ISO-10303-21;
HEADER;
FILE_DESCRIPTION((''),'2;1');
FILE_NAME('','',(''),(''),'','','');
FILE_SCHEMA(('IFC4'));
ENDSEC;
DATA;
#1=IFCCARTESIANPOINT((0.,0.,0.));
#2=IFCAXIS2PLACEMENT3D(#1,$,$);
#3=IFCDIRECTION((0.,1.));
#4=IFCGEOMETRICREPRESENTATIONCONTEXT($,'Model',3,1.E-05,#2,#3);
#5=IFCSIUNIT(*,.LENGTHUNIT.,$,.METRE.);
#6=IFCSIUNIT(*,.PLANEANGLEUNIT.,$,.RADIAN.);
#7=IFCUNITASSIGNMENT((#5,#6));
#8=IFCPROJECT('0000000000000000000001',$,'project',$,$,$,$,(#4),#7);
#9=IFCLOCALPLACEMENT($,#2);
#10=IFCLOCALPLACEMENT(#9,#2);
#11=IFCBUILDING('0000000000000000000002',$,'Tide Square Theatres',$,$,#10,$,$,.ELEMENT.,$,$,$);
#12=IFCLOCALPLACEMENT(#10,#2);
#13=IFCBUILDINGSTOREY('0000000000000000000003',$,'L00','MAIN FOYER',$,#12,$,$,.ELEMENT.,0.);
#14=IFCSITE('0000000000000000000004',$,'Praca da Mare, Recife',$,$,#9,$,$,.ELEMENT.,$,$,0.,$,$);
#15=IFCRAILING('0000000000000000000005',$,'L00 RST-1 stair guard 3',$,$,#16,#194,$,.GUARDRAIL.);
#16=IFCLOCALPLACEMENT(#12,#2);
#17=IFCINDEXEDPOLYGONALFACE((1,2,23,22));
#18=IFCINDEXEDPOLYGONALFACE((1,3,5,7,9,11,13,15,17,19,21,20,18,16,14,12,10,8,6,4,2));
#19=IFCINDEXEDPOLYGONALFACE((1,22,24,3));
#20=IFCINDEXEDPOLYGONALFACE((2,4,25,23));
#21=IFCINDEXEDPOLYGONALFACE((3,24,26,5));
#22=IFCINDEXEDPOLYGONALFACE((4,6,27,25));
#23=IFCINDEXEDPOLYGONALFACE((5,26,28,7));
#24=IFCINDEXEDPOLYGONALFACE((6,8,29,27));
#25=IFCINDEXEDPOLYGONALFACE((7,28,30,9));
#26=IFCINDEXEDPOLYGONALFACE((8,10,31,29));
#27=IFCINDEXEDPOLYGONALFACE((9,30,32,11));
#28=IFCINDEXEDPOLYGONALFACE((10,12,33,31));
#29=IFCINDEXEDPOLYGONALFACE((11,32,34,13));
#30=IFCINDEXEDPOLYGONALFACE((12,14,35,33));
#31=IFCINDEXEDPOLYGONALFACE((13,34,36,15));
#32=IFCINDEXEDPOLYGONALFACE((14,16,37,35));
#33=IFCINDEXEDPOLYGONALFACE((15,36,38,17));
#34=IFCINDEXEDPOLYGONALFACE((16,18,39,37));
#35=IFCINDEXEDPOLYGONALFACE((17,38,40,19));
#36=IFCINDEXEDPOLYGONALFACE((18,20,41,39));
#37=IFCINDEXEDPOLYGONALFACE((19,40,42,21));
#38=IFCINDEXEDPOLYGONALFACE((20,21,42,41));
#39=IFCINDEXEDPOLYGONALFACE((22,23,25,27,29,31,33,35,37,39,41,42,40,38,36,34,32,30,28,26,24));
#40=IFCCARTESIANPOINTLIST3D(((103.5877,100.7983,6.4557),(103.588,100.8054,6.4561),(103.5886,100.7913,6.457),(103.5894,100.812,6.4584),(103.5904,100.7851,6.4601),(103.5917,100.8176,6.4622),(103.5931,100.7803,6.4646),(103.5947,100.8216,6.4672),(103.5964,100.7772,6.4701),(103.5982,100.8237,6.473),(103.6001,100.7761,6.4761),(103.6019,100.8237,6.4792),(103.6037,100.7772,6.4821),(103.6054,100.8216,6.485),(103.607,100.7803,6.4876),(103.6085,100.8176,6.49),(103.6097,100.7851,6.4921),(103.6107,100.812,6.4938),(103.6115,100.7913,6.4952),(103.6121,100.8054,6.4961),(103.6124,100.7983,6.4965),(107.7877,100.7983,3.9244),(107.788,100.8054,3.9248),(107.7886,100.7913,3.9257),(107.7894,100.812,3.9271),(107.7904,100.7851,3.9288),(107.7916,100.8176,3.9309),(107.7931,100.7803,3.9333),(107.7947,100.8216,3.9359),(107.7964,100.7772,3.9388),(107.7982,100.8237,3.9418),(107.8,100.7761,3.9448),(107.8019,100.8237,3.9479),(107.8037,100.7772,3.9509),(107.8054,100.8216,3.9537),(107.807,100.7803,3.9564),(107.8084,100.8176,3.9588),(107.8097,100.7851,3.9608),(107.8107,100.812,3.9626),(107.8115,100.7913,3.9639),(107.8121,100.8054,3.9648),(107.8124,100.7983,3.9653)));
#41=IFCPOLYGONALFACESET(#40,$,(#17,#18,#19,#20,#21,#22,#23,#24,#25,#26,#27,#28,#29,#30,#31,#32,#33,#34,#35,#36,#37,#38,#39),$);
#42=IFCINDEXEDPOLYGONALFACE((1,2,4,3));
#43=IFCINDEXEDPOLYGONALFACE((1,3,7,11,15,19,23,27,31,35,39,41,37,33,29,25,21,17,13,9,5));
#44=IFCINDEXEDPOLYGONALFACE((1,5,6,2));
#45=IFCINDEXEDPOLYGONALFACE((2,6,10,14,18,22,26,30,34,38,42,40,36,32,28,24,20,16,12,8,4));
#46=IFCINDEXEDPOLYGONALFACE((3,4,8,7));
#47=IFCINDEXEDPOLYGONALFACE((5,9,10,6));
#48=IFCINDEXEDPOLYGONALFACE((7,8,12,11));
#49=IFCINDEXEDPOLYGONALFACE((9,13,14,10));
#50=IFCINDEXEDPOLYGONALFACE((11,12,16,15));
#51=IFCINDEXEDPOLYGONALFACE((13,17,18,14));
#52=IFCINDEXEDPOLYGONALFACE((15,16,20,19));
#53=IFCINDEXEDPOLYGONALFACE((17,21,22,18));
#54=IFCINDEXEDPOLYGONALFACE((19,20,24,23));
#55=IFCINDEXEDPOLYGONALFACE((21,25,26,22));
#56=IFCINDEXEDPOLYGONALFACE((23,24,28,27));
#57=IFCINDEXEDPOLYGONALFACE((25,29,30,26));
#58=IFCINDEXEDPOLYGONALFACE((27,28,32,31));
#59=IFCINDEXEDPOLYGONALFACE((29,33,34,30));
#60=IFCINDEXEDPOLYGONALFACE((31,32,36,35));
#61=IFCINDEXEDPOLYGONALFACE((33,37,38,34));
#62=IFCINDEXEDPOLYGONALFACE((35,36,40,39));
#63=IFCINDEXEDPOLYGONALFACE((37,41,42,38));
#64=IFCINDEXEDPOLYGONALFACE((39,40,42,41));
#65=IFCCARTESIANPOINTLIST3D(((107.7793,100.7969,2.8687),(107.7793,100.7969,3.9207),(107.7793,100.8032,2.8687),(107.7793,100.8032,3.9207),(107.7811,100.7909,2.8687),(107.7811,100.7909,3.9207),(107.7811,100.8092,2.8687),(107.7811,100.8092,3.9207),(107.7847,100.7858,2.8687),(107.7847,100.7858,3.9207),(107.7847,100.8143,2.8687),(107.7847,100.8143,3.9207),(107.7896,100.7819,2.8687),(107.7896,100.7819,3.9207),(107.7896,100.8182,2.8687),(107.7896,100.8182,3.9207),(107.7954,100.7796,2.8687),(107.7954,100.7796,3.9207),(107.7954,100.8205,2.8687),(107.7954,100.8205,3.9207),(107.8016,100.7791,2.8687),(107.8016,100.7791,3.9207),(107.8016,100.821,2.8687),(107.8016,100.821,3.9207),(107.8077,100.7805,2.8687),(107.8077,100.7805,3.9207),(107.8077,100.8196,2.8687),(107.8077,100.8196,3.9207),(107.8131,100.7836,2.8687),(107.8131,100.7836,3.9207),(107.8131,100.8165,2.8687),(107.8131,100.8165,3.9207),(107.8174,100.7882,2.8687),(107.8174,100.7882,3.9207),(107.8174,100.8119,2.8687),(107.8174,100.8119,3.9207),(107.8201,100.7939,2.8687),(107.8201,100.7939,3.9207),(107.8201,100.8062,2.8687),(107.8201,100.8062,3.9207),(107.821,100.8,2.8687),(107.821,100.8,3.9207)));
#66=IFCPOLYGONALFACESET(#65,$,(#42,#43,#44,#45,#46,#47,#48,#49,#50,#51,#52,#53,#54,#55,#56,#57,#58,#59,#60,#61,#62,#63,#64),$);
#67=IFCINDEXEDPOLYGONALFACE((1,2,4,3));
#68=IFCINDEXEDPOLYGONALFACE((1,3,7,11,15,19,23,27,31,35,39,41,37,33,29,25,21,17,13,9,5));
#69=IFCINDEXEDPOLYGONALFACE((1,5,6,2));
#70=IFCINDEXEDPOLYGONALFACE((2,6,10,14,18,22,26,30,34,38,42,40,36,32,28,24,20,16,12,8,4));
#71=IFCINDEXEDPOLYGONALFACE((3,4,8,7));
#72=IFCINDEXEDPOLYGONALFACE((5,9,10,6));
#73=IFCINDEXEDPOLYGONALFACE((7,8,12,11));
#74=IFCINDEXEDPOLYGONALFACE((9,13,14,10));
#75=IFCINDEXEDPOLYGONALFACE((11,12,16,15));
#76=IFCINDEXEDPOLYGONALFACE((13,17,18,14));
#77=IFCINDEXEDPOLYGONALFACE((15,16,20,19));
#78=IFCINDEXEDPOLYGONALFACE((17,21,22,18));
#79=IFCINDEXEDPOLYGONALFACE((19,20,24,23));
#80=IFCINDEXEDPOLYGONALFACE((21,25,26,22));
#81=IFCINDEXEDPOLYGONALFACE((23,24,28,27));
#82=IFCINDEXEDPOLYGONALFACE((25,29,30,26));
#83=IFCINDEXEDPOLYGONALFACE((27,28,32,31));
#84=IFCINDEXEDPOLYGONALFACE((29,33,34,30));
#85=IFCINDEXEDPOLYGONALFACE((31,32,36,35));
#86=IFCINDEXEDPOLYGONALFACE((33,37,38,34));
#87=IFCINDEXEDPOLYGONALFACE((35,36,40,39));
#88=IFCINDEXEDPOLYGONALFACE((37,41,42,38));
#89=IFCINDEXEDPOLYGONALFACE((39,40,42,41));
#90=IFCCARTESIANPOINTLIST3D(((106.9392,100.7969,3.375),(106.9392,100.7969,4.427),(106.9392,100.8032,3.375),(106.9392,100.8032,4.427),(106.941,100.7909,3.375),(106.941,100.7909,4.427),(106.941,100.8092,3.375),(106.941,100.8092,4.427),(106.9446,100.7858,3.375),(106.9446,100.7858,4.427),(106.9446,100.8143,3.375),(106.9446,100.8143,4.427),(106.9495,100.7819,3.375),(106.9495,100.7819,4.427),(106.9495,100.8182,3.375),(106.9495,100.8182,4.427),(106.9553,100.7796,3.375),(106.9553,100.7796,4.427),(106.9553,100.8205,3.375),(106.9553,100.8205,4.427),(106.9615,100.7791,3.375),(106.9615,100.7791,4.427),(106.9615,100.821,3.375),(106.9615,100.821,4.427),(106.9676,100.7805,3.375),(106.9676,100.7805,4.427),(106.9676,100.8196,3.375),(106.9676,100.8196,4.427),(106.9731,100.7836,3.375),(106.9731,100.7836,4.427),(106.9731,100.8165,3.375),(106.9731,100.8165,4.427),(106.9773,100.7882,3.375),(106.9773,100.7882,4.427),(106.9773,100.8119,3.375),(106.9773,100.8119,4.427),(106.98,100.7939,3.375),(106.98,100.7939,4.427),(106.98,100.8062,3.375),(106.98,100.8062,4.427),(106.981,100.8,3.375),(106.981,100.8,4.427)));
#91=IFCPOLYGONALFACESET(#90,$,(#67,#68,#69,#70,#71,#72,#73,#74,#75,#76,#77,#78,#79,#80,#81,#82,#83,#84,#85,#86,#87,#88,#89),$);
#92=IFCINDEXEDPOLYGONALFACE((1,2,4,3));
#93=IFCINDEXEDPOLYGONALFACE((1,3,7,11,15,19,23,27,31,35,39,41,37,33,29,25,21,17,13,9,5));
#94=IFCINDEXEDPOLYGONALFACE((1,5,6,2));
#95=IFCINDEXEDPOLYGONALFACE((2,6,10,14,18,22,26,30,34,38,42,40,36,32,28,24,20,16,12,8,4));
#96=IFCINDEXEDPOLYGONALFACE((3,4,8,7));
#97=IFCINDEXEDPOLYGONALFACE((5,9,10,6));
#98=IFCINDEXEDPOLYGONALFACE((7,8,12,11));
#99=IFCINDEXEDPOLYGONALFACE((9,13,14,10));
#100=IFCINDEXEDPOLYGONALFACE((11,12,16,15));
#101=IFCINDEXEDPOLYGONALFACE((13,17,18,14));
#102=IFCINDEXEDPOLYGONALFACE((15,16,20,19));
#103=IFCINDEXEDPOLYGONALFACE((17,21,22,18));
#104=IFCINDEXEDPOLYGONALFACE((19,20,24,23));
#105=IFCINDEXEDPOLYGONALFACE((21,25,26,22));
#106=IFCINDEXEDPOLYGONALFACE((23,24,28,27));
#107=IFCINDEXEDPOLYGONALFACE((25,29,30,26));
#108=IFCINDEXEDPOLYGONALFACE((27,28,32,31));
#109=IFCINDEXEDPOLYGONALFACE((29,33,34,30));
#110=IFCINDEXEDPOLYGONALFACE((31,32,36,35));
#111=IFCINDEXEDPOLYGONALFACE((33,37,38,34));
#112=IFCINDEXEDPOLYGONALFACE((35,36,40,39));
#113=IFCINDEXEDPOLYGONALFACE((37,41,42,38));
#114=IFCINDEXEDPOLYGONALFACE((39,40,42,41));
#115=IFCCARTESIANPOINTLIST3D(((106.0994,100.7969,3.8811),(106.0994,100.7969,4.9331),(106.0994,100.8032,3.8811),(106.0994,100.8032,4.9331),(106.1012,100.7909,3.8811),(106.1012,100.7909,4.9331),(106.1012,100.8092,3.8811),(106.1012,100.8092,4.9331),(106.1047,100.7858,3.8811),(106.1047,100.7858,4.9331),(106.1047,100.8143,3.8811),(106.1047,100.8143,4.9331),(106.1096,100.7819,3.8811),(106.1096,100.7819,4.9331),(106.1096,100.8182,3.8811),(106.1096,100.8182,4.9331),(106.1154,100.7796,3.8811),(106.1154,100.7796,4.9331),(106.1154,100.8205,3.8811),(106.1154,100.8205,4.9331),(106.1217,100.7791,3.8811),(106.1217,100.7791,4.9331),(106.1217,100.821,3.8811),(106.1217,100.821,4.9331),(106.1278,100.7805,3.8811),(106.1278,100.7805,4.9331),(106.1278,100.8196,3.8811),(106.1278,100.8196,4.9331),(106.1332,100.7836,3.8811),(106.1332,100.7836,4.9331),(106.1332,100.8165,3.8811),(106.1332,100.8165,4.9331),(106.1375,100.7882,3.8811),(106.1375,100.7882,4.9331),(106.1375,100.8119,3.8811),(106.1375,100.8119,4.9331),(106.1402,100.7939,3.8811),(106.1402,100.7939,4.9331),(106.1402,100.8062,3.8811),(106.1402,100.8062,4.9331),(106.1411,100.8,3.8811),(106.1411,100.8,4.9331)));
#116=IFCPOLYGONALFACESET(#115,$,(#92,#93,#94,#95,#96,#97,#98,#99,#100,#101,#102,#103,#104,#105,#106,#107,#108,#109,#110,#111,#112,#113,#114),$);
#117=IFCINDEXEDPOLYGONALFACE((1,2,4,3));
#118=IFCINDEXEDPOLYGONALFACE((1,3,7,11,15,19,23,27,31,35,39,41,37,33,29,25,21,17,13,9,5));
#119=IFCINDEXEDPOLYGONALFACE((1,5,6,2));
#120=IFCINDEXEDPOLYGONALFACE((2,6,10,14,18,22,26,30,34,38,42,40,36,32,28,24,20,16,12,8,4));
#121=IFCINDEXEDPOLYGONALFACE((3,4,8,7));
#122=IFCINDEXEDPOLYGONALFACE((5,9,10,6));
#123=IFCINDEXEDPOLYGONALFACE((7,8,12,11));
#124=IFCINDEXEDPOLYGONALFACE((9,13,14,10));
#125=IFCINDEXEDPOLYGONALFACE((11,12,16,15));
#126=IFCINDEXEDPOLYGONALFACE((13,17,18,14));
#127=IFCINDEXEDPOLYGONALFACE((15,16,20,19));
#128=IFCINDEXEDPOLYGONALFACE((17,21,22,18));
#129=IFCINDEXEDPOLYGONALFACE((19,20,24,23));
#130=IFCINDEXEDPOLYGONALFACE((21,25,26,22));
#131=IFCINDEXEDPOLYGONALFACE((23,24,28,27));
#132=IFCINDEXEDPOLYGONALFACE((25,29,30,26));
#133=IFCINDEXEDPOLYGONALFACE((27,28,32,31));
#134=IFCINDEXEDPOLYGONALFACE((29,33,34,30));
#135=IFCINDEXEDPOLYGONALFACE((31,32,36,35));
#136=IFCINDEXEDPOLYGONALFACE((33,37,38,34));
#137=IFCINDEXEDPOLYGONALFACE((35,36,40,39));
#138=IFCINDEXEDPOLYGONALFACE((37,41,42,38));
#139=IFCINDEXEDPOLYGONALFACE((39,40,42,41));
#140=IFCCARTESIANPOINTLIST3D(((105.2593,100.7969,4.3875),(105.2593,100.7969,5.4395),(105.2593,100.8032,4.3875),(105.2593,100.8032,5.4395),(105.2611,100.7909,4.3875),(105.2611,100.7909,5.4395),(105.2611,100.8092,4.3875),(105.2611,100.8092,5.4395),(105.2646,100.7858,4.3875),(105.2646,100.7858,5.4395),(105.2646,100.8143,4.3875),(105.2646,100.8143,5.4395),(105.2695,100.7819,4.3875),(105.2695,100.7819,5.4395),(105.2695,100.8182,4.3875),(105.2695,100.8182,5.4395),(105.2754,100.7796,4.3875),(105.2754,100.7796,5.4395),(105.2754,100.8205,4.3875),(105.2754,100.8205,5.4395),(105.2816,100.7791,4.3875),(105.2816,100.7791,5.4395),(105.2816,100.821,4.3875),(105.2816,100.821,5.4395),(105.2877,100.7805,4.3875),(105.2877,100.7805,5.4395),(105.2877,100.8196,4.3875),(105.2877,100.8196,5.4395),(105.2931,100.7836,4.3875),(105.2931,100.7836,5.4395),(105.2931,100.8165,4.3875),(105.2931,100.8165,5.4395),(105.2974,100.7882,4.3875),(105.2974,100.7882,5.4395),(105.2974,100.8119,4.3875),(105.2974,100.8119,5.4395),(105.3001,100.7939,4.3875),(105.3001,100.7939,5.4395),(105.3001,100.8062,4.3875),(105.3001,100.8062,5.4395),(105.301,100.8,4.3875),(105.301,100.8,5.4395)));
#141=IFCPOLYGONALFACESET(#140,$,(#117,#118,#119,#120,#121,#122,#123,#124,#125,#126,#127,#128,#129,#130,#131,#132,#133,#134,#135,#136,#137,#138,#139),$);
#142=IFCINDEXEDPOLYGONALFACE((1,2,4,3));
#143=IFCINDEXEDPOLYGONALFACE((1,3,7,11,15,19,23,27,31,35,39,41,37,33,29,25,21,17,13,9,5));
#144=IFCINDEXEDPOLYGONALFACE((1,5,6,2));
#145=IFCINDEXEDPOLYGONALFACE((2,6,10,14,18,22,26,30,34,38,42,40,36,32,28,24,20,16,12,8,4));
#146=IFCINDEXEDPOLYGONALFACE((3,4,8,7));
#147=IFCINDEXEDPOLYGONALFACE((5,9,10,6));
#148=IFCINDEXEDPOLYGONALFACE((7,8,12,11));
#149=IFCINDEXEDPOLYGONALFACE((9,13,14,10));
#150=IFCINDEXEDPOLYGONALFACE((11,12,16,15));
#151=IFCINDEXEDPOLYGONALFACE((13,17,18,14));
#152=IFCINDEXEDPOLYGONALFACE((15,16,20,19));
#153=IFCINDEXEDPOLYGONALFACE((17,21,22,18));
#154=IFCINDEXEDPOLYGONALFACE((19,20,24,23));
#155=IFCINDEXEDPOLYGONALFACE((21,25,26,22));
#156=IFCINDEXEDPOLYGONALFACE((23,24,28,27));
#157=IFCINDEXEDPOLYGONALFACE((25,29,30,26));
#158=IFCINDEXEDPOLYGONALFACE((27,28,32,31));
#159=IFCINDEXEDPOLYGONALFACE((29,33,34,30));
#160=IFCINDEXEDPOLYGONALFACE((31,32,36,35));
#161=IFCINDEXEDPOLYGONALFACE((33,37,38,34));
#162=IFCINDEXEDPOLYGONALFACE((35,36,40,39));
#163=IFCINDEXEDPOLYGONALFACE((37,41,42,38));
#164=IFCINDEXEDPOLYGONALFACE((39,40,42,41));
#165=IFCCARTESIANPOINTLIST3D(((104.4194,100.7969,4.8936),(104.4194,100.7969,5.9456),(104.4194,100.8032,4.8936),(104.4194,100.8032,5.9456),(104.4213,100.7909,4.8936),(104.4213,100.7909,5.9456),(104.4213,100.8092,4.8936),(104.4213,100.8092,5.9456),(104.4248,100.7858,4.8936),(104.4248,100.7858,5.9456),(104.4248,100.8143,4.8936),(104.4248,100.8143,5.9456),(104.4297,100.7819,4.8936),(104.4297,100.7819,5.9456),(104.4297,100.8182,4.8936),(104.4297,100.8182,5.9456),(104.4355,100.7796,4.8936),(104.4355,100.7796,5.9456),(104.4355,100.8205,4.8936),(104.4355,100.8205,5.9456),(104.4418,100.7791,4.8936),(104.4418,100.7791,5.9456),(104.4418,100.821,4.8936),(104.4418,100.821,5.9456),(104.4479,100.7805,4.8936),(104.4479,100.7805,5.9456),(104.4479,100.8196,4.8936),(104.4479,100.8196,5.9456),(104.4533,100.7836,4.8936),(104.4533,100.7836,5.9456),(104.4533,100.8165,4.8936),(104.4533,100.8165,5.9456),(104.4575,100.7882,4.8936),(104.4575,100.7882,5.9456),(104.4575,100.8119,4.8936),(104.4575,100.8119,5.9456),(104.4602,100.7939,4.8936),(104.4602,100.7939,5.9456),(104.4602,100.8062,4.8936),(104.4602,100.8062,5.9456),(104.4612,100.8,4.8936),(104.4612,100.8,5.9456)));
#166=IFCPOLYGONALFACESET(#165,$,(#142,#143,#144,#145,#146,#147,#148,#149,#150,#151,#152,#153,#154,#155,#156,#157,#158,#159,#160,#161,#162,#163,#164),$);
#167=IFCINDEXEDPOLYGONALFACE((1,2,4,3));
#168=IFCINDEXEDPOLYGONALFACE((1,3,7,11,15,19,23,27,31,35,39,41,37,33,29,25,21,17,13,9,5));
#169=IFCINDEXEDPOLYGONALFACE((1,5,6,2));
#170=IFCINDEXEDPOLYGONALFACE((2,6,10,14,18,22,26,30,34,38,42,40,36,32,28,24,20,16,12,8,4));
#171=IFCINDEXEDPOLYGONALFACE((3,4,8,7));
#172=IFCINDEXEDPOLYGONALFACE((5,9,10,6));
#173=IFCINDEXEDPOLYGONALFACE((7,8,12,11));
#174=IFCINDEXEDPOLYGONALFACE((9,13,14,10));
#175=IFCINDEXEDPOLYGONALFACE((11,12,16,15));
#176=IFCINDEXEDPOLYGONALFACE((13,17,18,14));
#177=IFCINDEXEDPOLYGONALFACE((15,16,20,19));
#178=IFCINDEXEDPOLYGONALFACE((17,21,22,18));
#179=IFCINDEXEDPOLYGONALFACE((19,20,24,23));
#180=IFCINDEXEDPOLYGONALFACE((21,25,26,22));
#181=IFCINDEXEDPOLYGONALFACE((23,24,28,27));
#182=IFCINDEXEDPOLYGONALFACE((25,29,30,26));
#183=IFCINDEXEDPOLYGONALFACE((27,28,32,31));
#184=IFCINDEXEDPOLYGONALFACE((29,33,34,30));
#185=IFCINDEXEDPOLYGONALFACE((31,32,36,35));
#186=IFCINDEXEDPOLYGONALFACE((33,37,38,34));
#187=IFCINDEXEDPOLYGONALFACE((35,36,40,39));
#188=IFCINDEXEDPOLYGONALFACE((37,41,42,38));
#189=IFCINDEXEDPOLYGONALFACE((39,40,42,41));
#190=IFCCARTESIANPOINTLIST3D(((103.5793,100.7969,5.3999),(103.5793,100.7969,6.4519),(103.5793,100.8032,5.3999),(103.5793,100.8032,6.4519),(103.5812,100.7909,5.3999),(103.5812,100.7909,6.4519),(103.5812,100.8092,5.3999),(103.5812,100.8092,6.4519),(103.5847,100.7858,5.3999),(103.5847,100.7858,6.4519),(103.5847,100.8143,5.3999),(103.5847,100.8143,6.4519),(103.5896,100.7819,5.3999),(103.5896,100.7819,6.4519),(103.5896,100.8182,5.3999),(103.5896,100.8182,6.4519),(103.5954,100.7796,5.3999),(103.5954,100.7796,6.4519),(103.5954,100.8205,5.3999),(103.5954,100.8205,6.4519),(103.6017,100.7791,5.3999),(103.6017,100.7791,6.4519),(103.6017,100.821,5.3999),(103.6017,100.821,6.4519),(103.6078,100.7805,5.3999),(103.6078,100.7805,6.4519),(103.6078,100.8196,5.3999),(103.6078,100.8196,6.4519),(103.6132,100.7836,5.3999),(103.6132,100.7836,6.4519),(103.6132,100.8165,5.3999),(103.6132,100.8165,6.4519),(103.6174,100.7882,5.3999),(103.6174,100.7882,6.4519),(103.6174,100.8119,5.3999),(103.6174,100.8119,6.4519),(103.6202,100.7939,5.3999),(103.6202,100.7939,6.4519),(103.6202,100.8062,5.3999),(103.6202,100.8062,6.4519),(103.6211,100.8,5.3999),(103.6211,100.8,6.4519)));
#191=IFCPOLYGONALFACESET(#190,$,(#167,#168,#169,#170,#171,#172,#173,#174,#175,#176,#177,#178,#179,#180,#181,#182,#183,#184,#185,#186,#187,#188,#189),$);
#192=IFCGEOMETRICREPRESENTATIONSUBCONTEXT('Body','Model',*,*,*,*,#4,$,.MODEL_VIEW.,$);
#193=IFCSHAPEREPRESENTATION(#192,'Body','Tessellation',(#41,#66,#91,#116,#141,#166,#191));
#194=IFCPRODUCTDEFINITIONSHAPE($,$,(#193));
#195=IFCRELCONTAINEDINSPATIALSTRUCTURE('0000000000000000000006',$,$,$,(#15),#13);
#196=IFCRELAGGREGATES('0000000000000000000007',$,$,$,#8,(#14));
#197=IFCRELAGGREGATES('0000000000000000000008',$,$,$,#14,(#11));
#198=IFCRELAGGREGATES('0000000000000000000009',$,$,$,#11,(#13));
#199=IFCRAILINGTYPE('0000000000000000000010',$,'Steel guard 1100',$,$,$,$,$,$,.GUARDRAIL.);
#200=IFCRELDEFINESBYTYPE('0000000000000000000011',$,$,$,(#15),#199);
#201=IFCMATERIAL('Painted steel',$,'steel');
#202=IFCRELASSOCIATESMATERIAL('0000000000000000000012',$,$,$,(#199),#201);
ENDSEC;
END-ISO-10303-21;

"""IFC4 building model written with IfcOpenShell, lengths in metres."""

from ifc_helpers import new_model, si_unit, direction, frame, origin, origin_2d, place, context, subcontext, project, spatial, circle, extrude, material, type_object, element, save


model = new_model("IFC4")

# Units and contexts
model_context = context("Model", 3, precision=1e-05, world=origin(), true_north=direction((0.0, 1.0)))
body_context = subcontext(model_context, "Body", "Model", "MODEL_VIEW")
ifc_project = project(units=[si_unit("LENGTHUNIT", "METRE"), si_unit("PLANEANGLEUNIT", "RADIAN")], contexts=[model_context])

# Site, building, storey
site_placement = place(None, origin())
site = spatial("IfcSite", under=ifc_project, at=site_placement, Name="Praca da Mare, Recife", CompositionType="ELEMENT", RefElevation=0.0)
building_placement = place(site_placement, origin())
building = spatial("IfcBuilding", under=site, at=building_placement, Name="Tide Square Theatres", CompositionType="ELEMENT")
storey_placement = place(building_placement, origin())
storey = spatial("IfcBuildingStorey", under=building, at=storey_placement, Name="L00", Description="MAIN FOYER", CompositionType="ELEMENT", Elevation=0.0)

# Railing
ifc_material_1 = material(Name="Painted steel", Category="steel")
railing_type_1 = type_object("IfcRailingType", Name="Steel guard 1100", PredefinedType="GUARDRAIL", material=ifc_material_1)
railing_1_placement = place(storey_placement, frame((107.8, 100.8, 2.8687)))
element("IfcRailing", 1, at=railing_1_placement, inside=storey, type_object=railing_type_1, Name="L00 RST-1 stair guard 3", PredefinedType="GUARDRAIL", context=body_context, shape_type="SweptSolid", body=[
    extrude(circle(Radius=0.0239, at=origin_2d()), frame((0.0, 0.0, 1.0762), z_axis=(-0.856476, 0.0, 0.516186), x_axis=(0.0, -1.0, 0.0)), (0.0, 0.0, 1.0), 4.9038),
    extrude(circle(Radius=0.021, at=origin_2d()), origin(), (0.0, 0.0, 1.0), 1.052),
    extrude(circle(Radius=0.021, at=origin_2d()), frame((-0.8401, 0.0, 0.5063)), (0.0, 0.0, 1.0), 1.052),
    extrude(circle(Radius=0.021, at=origin_2d()), frame((-1.6799, 0.0, 1.0125)), (0.0, 0.0, 1.0), 1.052),
    extrude(circle(Radius=0.021, at=origin_2d()), frame((-2.52, 0.0, 1.5188)), (0.0, 0.0, 1.0), 1.052),
    extrude(circle(Radius=0.021, at=origin_2d()), frame((-3.3599, 0.0, 2.0249)), (0.0, 0.0, 1.0), 1.052),
    extrude(circle(Radius=0.021, at=origin_2d()), frame((-4.2, 0.0, 2.5312)), (0.0, 0.0, 1.0), 1.052),
])

save(model, "model.ifc")
